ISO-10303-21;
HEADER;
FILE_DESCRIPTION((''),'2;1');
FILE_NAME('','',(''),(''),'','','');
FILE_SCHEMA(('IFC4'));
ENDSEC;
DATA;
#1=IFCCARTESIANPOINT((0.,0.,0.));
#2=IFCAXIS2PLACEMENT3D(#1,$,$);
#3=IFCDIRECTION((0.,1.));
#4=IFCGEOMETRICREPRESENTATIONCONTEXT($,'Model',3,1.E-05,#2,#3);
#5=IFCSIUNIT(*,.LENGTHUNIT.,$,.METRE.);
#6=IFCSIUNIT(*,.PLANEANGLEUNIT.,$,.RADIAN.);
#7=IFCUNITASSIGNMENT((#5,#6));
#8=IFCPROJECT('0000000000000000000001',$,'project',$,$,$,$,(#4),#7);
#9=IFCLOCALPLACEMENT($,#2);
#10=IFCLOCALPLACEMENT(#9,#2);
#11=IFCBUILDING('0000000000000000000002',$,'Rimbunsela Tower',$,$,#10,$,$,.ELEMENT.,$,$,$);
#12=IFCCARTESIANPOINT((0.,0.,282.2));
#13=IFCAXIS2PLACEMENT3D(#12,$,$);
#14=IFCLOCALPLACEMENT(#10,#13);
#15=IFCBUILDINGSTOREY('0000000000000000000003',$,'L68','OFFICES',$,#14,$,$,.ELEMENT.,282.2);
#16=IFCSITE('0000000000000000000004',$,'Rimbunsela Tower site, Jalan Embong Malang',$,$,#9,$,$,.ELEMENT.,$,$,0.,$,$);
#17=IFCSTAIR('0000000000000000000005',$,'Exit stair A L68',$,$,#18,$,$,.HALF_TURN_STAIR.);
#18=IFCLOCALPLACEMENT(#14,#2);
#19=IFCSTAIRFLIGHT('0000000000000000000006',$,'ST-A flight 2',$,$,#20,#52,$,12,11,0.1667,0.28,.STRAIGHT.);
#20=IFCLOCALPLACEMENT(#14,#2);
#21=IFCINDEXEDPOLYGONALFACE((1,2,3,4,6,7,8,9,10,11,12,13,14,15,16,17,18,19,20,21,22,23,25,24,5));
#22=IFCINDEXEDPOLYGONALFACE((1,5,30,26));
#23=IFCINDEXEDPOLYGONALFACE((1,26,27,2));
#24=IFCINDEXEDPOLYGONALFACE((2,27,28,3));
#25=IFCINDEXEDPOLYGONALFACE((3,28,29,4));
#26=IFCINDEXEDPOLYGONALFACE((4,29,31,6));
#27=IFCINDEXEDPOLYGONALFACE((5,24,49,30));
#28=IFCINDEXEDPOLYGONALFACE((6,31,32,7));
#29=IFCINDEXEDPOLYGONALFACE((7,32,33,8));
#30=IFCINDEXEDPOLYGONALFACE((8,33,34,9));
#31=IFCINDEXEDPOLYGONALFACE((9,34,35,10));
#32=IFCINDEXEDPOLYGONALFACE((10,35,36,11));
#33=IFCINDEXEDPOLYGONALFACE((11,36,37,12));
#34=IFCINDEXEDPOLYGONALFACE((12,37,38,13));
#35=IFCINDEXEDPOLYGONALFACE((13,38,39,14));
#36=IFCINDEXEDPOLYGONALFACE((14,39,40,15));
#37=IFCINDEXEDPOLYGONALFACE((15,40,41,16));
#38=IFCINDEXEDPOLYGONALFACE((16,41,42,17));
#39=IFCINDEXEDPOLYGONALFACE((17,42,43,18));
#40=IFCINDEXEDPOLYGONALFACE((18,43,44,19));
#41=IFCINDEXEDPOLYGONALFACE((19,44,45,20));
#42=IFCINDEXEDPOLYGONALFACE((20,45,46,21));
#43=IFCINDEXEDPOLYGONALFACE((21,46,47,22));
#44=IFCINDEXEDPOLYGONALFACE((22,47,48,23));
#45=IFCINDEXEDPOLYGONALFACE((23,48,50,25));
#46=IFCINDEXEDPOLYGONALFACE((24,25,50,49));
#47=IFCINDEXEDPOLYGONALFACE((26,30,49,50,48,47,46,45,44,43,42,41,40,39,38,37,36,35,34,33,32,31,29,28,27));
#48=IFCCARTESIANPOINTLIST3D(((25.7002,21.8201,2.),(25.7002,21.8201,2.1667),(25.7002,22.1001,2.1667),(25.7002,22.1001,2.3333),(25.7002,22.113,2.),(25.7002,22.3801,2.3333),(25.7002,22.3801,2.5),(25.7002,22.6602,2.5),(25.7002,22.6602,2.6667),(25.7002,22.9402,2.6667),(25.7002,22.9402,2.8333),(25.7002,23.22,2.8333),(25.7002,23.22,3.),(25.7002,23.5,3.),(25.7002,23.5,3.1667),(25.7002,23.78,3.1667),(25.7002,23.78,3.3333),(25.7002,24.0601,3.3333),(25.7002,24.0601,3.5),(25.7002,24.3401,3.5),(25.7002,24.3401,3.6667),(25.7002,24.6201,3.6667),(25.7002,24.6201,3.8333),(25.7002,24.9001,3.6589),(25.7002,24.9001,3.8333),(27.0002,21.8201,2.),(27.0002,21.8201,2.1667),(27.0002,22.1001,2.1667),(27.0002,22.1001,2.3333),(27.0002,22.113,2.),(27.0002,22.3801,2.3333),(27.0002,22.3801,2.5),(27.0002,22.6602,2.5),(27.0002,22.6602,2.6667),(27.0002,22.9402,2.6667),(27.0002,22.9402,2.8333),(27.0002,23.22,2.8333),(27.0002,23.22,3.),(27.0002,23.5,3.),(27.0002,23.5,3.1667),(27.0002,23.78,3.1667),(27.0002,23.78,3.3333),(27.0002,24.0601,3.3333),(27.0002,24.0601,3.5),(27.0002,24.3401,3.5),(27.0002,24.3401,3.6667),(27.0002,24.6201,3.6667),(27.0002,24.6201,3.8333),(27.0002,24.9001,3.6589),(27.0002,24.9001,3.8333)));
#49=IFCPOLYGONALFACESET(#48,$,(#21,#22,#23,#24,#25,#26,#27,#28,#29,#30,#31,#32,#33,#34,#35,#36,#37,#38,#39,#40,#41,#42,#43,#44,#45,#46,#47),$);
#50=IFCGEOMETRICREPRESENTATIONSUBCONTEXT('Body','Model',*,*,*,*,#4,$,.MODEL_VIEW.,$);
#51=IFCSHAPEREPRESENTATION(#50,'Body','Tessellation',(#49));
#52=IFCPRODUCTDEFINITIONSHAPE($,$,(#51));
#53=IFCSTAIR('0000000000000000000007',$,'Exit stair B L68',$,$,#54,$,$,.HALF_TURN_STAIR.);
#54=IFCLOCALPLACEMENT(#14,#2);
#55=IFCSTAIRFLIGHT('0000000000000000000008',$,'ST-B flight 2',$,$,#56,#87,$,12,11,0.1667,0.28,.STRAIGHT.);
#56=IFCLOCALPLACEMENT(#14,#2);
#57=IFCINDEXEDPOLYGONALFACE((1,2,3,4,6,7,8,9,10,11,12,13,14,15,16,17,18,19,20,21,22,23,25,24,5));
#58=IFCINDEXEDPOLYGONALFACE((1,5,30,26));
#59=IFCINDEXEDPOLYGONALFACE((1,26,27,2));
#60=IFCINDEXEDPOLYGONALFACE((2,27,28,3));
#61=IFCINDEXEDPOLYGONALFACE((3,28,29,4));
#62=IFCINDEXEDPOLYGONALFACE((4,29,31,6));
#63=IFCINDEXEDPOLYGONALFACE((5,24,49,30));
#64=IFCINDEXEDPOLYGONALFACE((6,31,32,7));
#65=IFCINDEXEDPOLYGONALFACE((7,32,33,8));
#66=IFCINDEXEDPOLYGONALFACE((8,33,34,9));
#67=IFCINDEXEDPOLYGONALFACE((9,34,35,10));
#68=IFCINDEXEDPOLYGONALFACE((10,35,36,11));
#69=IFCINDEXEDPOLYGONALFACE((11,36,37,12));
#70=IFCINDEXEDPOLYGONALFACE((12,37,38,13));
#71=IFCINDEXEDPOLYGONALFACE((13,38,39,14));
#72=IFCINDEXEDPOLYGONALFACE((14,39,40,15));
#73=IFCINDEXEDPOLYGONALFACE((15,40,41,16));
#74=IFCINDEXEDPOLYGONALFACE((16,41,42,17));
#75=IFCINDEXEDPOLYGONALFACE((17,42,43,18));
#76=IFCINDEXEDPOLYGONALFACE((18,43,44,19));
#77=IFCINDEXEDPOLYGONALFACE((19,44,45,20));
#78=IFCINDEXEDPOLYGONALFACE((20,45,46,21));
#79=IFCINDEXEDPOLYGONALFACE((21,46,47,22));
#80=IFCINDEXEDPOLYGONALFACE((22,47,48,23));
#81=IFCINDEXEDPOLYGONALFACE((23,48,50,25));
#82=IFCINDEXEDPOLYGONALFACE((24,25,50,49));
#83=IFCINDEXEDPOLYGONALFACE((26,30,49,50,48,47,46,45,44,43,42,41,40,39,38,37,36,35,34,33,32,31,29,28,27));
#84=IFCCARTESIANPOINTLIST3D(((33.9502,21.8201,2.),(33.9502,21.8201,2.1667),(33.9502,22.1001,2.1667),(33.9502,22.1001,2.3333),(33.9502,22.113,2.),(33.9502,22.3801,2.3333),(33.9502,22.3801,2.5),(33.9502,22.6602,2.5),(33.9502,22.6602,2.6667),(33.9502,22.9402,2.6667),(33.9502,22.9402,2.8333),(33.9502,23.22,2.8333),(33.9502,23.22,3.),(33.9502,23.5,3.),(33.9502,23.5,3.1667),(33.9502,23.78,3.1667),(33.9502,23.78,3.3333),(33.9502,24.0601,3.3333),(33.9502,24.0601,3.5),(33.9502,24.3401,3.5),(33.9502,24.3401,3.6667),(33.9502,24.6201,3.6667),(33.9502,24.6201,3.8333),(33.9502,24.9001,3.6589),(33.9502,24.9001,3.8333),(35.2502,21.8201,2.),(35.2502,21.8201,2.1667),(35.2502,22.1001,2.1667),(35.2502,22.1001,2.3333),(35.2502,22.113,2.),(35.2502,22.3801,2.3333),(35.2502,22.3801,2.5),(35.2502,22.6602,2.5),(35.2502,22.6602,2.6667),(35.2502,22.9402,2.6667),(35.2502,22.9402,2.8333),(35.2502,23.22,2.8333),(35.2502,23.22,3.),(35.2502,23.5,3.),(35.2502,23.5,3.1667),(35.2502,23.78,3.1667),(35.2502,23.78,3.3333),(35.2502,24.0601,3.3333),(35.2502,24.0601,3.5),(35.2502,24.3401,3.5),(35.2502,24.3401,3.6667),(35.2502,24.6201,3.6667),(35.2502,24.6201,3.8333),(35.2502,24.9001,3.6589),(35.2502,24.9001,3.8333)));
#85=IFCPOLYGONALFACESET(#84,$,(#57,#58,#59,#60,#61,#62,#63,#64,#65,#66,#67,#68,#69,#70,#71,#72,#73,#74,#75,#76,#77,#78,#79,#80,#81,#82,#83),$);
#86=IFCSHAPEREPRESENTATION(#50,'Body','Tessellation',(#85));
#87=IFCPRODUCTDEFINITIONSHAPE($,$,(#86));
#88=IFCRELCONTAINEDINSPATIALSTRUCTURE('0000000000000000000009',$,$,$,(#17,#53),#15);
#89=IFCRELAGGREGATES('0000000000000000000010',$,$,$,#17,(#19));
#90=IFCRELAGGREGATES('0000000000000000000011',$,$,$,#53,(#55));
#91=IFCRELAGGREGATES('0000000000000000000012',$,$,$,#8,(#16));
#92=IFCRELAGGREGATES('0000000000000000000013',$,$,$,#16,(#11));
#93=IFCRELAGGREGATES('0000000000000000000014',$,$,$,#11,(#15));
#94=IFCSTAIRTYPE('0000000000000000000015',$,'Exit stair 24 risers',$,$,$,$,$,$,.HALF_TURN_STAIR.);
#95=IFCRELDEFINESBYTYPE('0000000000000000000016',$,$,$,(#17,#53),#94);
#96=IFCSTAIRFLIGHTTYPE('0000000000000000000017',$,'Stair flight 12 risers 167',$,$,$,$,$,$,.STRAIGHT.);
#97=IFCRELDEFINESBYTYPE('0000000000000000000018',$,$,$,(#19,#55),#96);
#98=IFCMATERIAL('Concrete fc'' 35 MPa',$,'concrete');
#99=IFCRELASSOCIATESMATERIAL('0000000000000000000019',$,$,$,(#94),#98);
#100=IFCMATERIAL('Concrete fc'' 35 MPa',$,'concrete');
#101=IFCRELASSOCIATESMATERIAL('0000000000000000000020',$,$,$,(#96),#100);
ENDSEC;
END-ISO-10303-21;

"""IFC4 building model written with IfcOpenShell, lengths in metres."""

from ifc_helpers import new_model, si_unit, direction, frame, origin, place, context, subcontext, project, spatial, polyline, outline, extrude, material, type_object, element, aggregate, save


model = new_model("IFC4")

# Units and contexts
model_context = context("Model", 3, precision=1e-05, world=origin(), true_north=direction((0.0, 1.0)))
body_context = subcontext(model_context, "Body", "Model", "MODEL_VIEW")
ifc_project = project(units=[si_unit("LENGTHUNIT", "METRE"), si_unit("PLANEANGLEUNIT", "RADIAN")], contexts=[model_context])

# Site, building, storey
site_placement = place(None, origin())
site = spatial("IfcSite", under=ifc_project, at=site_placement, Name="Rimbunsela Tower site, Jalan Embong Malang", CompositionType="ELEMENT", RefElevation=0.0)
building_placement = place(site_placement, origin())
building = spatial("IfcBuilding", under=site, at=building_placement, Name="Rimbunsela Tower", CompositionType="ELEMENT")
storey_placement = place(building_placement, frame((0.0, 0.0, 282.2)))
storey = spatial("IfcBuildingStorey", under=building, at=storey_placement, Name="L68", Description="OFFICES", CompositionType="ELEMENT", Elevation=282.2)

# Stairs, stair flights
ifc_material_1 = material(Name="Concrete fc' 35 MPa", Category="concrete")
stair_type = type_object("IfcStairType", Name="Exit stair 24 risers", PredefinedType="HALF_TURN_STAIR", material=ifc_material_1)
stair_1_placement = place(storey_placement, origin())
stair_1 = element("IfcStair", 1, at=stair_1_placement, inside=storey, type_object=stair_type, Name="Exit stair A L68", PredefinedType="HALF_TURN_STAIR")
ifc_material_2 = material(Name="Concrete fc' 35 MPa", Category="concrete")
stair_flight_type = type_object("IfcStairFlightType", Name="Stair flight 12 risers 167", PredefinedType="STRAIGHT", material=ifc_material_2)
stair_flight_1_placement = place(storey_placement, frame((26.3501, 21.8201, 2.0), z_axis=(0.0, 0.0, 1.0), x_axis=(0.0, 1.0, 0.0)))
stair_flight_1 = element("IfcStairFlight", 2, at=stair_flight_1_placement, type_object=stair_flight_type, Name="ST-A flight 2", NumberOfRisers=12, NumberOfTreads=11, PredefinedType="STRAIGHT", RiserHeight=0.1667, TreadLength=0.28, context=body_context, shape_type="SweptSolid", body=[
    extrude(outline(polyline([(0.0, 0.0), (0.0, 0.1667), (0.28, 0.1667), (0.28, 0.3333), (0.5601, 0.3333), (0.5601, 0.5), (0.8401, 0.5), (0.8401, 0.6667), (1.1201, 0.6667), (1.1201, 0.8333), (1.3999, 0.8333), (1.3999, 1.0), (1.6799, 1.0), (1.6799, 1.1667), (1.96, 1.1667), (1.96, 1.3333), (2.24, 1.3333), (2.24, 1.5), (2.52, 1.5), (2.52, 1.6667), (2.8, 1.6667), (2.8, 1.8333), (3.0801, 1.8333), (3.0801, 2.0), (3.0801, 1.6589), (0.293, 0.0), (0.0, 0.0)])), frame((0.0, 0.6499, 0.0), z_axis=(0.0, -1.0, 0.0), x_axis=(1.0, 0.0, 0.0)), (0.0, 0.0, 1.0), 1.3),
])
aggregate(stair_1, [stair_flight_1])
stair_2_placement = place(storey_placement, origin())
stair_2 = element("IfcStair", 3, at=stair_2_placement, inside=storey, type_object=stair_type, Name="Exit stair B L68", PredefinedType="HALF_TURN_STAIR")
stair_flight_2_placement = place(storey_placement, frame((34.6001, 21.8201, 2.0), z_axis=(0.0, 0.0, 1.0), x_axis=(0.0, 1.0, 0.0)))
stair_flight_2 = element("IfcStairFlight", 4, at=stair_flight_2_placement, type_object=stair_flight_type, Name="ST-B flight 2", NumberOfRisers=12, NumberOfTreads=11, PredefinedType="STRAIGHT", RiserHeight=0.1667, TreadLength=0.28, context=body_context, shape_type="SweptSolid", body=[
    extrude(outline(polyline([(0.0, 0.0), (0.0, 0.1667), (0.28, 0.1667), (0.28, 0.3333), (0.5601, 0.3333), (0.5601, 0.5), (0.8401, 0.5), (0.8401, 0.6667), (1.1201, 0.6667), (1.1201, 0.8333), (1.3999, 0.8333), (1.3999, 1.0), (1.6799, 1.0), (1.6799, 1.1667), (1.96, 1.1667), (1.96, 1.3333), (2.24, 1.3333), (2.24, 1.5), (2.52, 1.5), (2.52, 1.6667), (2.8, 1.6667), (2.8, 1.8333), (3.0801, 1.8333), (3.0801, 2.0), (3.0801, 1.6589), (0.293, 0.0), (0.0, 0.0)])), frame((0.0, 0.6499, 0.0), z_axis=(0.0, -1.0, 0.0), x_axis=(1.0, 0.0, 0.0)), (0.0, 0.0, 1.0), 1.3),
])
aggregate(stair_2, [stair_flight_2])

save(model, "model.ifc")
